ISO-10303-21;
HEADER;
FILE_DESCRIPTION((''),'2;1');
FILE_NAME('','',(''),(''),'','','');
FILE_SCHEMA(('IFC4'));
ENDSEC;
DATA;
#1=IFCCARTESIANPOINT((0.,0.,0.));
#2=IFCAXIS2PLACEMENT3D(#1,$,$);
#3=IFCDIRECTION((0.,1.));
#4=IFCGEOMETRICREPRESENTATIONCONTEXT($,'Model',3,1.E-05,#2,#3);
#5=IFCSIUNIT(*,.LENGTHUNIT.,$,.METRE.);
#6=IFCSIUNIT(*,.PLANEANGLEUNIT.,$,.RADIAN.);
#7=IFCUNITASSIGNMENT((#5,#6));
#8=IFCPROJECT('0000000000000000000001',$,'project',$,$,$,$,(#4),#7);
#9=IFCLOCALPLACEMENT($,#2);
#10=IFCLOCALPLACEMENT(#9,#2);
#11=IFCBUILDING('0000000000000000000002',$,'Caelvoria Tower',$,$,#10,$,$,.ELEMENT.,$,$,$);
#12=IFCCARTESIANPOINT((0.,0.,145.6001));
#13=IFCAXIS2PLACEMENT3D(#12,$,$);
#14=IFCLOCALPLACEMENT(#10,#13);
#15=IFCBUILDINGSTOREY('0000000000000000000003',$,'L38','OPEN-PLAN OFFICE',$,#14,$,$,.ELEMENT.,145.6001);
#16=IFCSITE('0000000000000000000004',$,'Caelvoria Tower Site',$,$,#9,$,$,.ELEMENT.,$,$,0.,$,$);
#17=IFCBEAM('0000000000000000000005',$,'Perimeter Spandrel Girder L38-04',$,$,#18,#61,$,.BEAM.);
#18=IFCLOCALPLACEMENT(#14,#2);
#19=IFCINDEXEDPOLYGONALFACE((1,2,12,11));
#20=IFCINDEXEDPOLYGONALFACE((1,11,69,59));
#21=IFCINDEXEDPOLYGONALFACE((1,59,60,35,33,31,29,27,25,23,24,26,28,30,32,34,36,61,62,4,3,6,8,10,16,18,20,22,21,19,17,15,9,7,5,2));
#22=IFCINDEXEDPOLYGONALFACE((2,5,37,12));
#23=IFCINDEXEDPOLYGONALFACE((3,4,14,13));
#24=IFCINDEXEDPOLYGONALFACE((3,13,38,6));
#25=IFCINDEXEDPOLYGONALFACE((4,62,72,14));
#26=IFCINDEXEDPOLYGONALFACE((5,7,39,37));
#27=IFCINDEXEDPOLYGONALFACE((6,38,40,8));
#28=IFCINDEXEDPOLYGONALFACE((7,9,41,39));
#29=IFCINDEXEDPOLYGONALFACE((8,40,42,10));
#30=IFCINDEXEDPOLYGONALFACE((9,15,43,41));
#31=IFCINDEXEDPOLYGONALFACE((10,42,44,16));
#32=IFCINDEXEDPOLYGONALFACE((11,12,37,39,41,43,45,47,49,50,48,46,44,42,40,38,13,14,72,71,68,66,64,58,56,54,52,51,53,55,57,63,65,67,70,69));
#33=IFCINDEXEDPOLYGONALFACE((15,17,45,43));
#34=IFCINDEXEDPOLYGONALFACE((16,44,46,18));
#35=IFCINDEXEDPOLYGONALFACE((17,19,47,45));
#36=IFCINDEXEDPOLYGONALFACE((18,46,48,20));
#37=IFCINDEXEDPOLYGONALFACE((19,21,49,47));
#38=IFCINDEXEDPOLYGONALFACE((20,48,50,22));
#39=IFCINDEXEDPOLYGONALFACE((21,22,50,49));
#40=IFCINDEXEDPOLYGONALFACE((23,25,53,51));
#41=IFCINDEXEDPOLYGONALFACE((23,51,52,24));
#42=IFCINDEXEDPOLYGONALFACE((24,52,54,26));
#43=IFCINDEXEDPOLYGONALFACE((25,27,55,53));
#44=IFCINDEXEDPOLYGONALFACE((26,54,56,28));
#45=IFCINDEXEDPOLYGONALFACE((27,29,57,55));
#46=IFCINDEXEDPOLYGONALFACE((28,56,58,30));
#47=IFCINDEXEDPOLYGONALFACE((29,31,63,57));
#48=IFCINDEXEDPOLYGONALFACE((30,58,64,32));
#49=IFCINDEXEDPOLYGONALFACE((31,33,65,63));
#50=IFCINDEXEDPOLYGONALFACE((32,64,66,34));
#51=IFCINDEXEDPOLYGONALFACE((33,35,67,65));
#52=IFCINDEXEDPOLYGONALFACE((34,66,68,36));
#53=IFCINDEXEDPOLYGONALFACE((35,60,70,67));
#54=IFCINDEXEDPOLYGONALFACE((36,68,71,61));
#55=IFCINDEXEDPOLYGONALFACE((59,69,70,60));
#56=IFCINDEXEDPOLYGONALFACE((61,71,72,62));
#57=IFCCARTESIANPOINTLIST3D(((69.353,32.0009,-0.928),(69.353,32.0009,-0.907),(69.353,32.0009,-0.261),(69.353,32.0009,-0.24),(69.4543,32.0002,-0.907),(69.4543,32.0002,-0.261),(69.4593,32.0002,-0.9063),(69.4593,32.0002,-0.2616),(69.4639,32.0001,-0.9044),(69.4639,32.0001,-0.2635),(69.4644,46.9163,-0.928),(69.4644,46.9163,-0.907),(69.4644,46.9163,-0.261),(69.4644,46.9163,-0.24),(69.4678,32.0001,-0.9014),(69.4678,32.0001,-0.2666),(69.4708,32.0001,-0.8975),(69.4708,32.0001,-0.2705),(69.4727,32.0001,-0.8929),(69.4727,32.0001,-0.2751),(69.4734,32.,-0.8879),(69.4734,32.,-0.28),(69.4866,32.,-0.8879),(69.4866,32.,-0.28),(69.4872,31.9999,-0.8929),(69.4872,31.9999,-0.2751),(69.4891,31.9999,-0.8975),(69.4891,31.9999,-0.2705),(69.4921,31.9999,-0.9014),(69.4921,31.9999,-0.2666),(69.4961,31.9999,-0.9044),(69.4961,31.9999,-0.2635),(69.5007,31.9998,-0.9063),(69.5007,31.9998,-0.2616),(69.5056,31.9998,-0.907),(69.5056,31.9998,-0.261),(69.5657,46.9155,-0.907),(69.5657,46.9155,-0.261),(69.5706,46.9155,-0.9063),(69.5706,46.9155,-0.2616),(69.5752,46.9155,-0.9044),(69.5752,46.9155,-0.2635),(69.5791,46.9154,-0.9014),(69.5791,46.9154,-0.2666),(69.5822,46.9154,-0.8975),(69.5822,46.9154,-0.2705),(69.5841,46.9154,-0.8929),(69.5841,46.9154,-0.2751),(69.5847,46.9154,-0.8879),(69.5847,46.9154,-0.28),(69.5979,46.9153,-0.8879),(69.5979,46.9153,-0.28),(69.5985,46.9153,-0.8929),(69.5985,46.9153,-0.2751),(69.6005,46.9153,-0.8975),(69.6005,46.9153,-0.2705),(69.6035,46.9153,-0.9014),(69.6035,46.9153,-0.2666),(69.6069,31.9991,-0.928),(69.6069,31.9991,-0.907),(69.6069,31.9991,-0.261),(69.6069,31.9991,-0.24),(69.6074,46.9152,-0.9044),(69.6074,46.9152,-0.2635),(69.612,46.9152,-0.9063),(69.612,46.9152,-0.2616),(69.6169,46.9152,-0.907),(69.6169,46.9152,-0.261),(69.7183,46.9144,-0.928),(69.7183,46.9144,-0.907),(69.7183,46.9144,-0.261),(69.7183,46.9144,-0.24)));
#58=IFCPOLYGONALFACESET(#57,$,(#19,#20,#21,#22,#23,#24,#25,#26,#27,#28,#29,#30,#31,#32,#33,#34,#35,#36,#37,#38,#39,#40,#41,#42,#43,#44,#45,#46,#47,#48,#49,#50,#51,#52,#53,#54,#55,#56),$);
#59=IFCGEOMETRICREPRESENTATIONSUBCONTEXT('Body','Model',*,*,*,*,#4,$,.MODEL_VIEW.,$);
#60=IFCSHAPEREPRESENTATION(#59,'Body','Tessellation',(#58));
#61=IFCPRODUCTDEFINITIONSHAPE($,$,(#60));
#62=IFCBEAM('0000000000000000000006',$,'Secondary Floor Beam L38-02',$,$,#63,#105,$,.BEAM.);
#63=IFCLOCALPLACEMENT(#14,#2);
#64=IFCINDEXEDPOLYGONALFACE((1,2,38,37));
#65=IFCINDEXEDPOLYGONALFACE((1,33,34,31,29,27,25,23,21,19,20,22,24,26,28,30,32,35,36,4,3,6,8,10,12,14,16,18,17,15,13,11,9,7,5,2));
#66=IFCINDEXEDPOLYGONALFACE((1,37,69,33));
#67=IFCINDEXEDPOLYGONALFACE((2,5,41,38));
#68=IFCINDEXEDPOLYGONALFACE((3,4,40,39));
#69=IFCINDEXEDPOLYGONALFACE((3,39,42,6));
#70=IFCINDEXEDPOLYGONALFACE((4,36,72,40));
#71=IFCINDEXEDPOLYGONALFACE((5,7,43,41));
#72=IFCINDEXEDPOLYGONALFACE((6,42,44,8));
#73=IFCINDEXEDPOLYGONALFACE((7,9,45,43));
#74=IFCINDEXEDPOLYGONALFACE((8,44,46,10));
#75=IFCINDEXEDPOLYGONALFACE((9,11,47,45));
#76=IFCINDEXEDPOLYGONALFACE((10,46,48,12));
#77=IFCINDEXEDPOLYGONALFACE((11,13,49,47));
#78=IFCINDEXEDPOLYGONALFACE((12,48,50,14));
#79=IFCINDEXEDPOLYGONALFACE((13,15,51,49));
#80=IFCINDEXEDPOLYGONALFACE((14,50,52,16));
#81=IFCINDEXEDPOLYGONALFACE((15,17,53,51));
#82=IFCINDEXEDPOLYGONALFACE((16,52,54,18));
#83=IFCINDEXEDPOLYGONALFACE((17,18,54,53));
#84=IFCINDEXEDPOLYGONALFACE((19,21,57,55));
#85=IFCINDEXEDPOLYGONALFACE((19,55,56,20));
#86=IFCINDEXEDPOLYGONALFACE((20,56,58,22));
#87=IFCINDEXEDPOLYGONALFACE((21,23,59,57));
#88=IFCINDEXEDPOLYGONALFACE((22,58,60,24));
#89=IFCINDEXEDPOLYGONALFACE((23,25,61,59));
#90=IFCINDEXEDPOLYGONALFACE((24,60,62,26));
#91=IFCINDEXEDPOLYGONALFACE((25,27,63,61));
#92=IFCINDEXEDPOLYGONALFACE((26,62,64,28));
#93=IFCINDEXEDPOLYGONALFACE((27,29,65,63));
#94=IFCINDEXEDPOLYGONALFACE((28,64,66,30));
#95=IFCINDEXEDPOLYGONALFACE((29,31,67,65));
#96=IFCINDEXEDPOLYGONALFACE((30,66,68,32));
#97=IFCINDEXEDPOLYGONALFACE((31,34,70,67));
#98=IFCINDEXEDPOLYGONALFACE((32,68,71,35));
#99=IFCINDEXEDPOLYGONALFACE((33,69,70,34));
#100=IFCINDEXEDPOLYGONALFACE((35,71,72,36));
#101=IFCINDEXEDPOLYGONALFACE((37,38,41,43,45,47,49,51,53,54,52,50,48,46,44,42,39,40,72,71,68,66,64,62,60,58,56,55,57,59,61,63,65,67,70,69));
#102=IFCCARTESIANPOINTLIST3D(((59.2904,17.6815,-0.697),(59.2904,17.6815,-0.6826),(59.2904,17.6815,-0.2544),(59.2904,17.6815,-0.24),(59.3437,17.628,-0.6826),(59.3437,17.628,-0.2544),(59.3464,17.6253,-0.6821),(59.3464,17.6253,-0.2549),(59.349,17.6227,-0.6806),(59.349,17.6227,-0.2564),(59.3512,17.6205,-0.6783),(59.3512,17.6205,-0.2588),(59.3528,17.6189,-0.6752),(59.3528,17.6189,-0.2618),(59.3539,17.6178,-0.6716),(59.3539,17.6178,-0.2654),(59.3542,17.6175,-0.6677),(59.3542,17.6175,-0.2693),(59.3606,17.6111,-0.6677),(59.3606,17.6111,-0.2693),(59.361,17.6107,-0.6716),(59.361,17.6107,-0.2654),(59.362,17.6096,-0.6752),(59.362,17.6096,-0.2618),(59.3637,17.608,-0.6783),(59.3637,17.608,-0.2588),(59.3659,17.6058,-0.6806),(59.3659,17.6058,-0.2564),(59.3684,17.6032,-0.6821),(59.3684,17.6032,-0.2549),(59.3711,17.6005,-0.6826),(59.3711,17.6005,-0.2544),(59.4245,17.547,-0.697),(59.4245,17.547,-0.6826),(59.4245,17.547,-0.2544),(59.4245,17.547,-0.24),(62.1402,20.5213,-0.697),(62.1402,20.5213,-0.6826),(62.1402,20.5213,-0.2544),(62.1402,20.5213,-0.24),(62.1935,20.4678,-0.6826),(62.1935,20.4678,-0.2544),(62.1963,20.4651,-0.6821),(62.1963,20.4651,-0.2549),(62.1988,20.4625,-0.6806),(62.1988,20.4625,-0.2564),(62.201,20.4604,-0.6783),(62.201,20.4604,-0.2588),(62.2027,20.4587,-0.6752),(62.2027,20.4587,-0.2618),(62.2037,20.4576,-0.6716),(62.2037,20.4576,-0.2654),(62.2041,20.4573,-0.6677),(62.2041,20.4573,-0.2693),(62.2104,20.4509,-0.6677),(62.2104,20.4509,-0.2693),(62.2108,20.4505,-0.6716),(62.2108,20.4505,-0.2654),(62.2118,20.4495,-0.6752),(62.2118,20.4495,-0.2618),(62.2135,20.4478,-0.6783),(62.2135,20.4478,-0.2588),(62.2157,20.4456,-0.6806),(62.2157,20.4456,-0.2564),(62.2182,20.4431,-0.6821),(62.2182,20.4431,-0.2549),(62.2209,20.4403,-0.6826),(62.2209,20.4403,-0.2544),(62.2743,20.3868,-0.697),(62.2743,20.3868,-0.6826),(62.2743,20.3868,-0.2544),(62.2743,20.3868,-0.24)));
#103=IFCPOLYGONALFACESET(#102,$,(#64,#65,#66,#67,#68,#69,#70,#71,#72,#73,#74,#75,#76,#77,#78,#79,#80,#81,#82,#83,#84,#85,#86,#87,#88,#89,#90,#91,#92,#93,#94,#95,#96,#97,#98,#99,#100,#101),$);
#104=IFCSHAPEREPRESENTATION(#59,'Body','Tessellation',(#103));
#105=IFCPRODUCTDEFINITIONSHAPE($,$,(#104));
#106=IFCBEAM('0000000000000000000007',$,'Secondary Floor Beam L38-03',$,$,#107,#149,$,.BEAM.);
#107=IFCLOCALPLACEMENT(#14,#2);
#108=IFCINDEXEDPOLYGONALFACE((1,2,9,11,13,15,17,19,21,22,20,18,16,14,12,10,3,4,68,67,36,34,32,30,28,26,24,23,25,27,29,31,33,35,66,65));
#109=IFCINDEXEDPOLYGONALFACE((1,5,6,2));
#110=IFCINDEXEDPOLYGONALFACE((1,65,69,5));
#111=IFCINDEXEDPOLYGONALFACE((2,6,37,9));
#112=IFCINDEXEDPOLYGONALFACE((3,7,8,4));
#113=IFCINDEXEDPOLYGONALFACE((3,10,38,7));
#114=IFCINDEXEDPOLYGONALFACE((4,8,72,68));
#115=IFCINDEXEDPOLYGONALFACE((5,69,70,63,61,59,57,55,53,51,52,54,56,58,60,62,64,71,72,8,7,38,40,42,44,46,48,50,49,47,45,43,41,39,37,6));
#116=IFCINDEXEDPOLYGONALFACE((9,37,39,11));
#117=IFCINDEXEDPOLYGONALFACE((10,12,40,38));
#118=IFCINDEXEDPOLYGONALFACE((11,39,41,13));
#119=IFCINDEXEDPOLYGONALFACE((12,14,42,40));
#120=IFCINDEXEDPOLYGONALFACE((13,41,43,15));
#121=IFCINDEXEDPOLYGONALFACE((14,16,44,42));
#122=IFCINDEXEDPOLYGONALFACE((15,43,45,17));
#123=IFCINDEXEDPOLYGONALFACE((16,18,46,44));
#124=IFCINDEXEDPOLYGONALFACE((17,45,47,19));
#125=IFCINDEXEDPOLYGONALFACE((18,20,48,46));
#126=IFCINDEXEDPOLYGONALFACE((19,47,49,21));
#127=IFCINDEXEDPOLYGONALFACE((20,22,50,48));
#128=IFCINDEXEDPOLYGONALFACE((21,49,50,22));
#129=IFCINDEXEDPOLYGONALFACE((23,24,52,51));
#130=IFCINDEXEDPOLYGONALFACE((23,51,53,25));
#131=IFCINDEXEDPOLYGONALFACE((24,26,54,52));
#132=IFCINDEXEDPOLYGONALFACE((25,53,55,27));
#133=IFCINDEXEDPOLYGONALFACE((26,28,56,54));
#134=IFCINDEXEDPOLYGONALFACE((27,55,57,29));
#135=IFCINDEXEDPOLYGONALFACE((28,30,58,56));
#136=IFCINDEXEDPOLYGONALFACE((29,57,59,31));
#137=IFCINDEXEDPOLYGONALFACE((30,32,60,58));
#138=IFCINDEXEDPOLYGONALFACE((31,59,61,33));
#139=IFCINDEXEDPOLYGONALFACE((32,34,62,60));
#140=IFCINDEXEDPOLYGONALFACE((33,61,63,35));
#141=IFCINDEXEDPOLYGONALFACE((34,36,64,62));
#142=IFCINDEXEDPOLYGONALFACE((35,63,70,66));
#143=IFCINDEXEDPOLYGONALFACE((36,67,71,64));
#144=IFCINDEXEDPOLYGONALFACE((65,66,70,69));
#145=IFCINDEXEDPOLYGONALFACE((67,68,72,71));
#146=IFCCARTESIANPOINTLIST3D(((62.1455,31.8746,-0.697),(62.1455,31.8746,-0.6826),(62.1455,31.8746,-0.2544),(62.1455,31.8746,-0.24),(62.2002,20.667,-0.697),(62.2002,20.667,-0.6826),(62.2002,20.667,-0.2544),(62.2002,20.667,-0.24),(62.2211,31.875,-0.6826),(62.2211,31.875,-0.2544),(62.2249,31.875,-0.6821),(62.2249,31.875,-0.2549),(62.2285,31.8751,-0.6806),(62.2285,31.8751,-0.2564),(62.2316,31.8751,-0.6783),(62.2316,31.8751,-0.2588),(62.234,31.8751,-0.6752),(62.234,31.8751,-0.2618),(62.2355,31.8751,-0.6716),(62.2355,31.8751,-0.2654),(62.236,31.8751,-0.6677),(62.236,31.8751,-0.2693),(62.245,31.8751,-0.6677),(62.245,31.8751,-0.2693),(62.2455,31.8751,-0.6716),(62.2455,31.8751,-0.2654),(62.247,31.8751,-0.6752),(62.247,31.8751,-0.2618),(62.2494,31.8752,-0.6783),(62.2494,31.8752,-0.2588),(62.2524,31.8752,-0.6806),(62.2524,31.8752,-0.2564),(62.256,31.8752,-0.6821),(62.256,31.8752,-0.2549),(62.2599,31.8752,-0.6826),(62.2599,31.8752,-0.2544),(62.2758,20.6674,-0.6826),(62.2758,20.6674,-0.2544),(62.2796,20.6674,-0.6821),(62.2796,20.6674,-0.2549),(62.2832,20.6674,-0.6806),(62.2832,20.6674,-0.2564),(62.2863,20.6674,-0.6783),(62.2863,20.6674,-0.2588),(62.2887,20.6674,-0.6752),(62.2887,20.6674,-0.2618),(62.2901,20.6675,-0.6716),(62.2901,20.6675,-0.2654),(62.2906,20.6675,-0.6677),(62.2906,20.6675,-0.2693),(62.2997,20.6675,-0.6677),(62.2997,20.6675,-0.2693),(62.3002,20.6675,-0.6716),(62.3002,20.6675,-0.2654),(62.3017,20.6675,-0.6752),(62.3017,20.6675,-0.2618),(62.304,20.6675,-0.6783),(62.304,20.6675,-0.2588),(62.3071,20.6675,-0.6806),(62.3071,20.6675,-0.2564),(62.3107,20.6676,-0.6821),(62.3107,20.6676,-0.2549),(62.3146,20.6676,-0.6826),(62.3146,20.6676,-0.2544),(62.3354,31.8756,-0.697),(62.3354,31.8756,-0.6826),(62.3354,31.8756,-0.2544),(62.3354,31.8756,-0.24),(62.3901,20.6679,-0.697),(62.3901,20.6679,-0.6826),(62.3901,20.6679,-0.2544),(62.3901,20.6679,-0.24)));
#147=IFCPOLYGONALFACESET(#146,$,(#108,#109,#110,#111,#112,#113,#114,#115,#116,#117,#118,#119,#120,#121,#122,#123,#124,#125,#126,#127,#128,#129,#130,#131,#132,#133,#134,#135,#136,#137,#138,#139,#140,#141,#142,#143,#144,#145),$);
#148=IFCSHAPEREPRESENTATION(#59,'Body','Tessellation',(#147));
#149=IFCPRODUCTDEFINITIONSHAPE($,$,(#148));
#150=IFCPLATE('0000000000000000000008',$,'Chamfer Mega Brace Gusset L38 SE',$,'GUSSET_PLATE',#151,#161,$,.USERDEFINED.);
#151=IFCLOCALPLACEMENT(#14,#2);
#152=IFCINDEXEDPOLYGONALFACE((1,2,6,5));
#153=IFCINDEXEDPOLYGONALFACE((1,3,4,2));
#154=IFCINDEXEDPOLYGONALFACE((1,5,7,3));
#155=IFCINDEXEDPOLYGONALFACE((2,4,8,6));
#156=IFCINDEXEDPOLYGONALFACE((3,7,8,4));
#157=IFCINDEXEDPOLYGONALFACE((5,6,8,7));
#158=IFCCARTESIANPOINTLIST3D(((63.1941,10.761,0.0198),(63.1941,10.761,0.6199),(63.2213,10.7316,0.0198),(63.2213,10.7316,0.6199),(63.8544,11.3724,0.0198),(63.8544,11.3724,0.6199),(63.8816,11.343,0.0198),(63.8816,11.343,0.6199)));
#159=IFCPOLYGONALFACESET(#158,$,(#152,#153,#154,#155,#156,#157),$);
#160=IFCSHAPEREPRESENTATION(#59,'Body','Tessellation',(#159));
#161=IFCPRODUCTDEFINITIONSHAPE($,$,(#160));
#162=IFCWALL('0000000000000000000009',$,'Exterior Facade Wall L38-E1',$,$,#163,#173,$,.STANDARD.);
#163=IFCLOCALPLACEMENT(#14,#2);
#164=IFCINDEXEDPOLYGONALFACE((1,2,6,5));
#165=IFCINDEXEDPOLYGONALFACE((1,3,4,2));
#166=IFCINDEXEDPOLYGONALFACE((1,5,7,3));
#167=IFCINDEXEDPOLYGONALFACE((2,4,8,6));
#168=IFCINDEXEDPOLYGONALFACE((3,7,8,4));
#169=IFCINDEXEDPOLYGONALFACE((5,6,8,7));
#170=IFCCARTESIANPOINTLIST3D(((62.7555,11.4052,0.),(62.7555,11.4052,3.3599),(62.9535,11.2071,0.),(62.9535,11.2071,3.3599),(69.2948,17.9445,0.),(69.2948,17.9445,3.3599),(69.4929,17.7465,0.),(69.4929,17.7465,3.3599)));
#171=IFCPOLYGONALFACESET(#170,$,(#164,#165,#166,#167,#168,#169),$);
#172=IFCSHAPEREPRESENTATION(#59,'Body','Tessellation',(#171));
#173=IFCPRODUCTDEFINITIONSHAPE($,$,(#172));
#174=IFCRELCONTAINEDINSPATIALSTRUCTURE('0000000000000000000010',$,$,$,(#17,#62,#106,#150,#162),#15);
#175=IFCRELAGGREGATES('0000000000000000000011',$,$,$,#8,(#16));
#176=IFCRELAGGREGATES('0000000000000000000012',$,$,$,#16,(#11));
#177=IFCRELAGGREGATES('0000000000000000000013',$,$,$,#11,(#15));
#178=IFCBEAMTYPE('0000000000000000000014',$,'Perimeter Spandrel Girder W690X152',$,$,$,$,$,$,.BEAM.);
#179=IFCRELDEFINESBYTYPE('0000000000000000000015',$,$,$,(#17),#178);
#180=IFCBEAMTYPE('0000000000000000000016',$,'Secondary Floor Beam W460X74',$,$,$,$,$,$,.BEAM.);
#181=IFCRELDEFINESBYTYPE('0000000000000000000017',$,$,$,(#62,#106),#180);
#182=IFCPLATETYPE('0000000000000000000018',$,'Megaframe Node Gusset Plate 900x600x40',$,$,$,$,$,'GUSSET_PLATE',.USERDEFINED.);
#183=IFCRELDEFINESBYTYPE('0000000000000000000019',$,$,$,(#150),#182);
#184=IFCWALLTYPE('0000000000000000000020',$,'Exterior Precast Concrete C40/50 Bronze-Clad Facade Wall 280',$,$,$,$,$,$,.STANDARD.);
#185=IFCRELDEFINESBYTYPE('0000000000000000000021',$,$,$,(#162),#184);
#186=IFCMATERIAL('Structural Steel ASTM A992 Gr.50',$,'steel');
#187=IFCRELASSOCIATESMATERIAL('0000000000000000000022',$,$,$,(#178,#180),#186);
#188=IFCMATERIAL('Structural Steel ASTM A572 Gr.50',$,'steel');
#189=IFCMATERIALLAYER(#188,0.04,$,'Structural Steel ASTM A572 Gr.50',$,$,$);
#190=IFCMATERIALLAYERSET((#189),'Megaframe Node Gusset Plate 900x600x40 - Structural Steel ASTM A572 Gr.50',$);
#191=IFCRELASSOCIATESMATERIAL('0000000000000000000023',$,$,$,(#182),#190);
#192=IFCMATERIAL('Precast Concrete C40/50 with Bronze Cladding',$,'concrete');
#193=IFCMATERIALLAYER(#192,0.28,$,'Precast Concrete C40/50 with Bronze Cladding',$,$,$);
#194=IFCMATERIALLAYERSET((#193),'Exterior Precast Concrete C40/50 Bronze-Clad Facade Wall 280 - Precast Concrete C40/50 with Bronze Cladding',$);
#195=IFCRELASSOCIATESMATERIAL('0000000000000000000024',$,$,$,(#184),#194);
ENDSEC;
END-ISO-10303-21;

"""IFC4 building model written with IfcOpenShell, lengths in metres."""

from ifc_helpers import new_model, si_unit, direction, frame, frame_2d, origin, origin_2d, place, context, subcontext, project, spatial, rectangle, i_section, extrude, material, layer, layer_set, material_profile, profile_set, type_object, element, save


model = new_model("IFC4")

# Units and contexts
model_context = context("Model", 3, precision=1e-05, world=origin(), true_north=direction((0.0, 1.0)))
body_context = subcontext(model_context, "Body", "Model", "MODEL_VIEW")
ifc_project = project(units=[si_unit("LENGTHUNIT", "METRE"), si_unit("PLANEANGLEUNIT", "RADIAN")], contexts=[model_context])

# Site, building, storey
site_placement = place(None, origin())
site = spatial("IfcSite", under=ifc_project, at=site_placement, Name="Caelvoria Tower Site", CompositionType="ELEMENT", RefElevation=0.0)
building_placement = place(site_placement, origin())
building = spatial("IfcBuilding", under=site, at=building_placement, Name="Caelvoria Tower", CompositionType="ELEMENT")
storey_placement = place(building_placement, frame((0.0, 0.0, 145.6001)))
storey = spatial("IfcBuildingStorey", under=building, at=storey_placement, Name="L38", Description="OPEN-PLAN OFFICE", CompositionType="ELEMENT", Elevation=145.6001)

# Shared definitions
ifc_material_1 = material(Name="Structural Steel ASTM A572 Gr.50", Category="steel")
ifc_material_2 = material(Name="Structural Steel ASTM A992 Gr.50", Category="steel")

# Beams
ifc_material_profile_1 = material_profile(ifc_material_2, i_section(OverallWidth=0.2539, OverallDepth=0.688, WebThickness=0.0132, FlangeThickness=0.021, FilletRadius=0.019, at=origin_2d()), Name="Structural Steel ASTM A992 Gr.50")
ifc_profile_set_1 = profile_set([ifc_material_profile_1], Name="W690X152 - Structural Steel ASTM A992 Gr.50")
beam_type_1 = type_object("IfcBeamType", Name="Perimeter Spandrel Girder W690X152", PredefinedType="BEAM", material=ifc_profile_set_1)
for number, where, z_axis, x_axis, name in (
    (1, (69.48, 32.0, -0.584), (0.007464, 0.999972, 0.0), (-0.999972, 0.007464, 0.0), "Perimeter Spandrel Girder L38-04"),
):
    element("IfcBeam", number, at=place(storey_placement, frame(where, z_axis=z_axis, x_axis=x_axis)), inside=storey, type_object=beam_type_1, Name=name, PredefinedType="BEAM", context=body_context, shape_type="SweptSolid", body=[
        extrude(i_section(OverallWidth=0.2539, OverallDepth=0.688, WebThickness=0.0132, FlangeThickness=0.021, FilletRadius=0.019, at=origin_2d()), origin(), (0.0, 0.0, 1.0), 14.9158),
    ])
ifc_material_profile_2 = material_profile(ifc_material_2, i_section(OverallWidth=0.1899, OverallDepth=0.457, WebThickness=0.009, FlangeThickness=0.0144, FilletRadius=0.0149, at=origin_2d()), Name="Structural Steel ASTM A992 Gr.50")
ifc_profile_set_2 = profile_set([ifc_material_profile_2], Name="W460X74 - Structural Steel ASTM A992 Gr.50")
beam_type_2 = type_object("IfcBeamType", Name="Secondary Floor Beam W460X74", PredefinedType="BEAM", material=ifc_profile_set_2)
beam_1_placement = place(storey_placement, frame((59.3574, 17.6143, -0.4685), z_axis=(0.70835, 0.705862, 0.0), x_axis=(-0.705862, 0.70835, 0.0)))
element("IfcBeam", 2, at=beam_1_placement, inside=storey, type_object=beam_type_2, Name="Secondary Floor Beam L38-02", PredefinedType="BEAM", context=body_context, shape_type="SweptSolid", body=[
    extrude(i_section(OverallWidth=0.1899, OverallDepth=0.457, WebThickness=0.009, FlangeThickness=0.0144, FilletRadius=0.0149, at=origin_2d()), origin(), (0.0, 0.0, 1.0), 4.0232),
])
beam_2_placement = place(storey_placement, frame((62.2952, 20.6675, -0.4685), z_axis=(-0.004879, 0.999988, 0.0), x_axis=(-0.999988, -0.004879, 0.0)))
element("IfcBeam", 3, at=beam_2_placement, inside=storey, type_object=beam_type_2, Name="Secondary Floor Beam L38-03", PredefinedType="BEAM", context=body_context, shape_type="SweptSolid", body=[
    extrude(i_section(OverallWidth=0.1899, OverallDepth=0.457, WebThickness=0.009, FlangeThickness=0.0144, FilletRadius=0.0149, at=origin_2d()), origin(), (0.0, 0.0, 1.0), 11.2078),
])

# Plate
ifc_layer_1 = layer(ifc_material_1, 0.04, Name="Structural Steel ASTM A572 Gr.50")
ifc_layer_set_1 = layer_set([ifc_layer_1], Name="Megaframe Node Gusset Plate 900x600x40 - Structural Steel ASTM A572 Gr.50")
plate_type = type_object("IfcPlateType", Name="Megaframe Node Gusset Plate 900x600x40", ElementType="GUSSET_PLATE", PredefinedType="USERDEFINED", material=ifc_layer_set_1)
plate_placement = place(storey_placement, frame((63.5378, 11.052, 0.0198), z_axis=(0.0, 0.0, 1.0), x_axis=(0.733795, 0.679371, 0.0)))
element("IfcPlate", 4, at=plate_placement, inside=storey, type_object=plate_type, Name="Chamfer Mega Brace Gusset L38 SE", ObjectType="GUSSET_PLATE", PredefinedType="USERDEFINED", context=body_context, shape_type="SweptSolid", body=[
    extrude(rectangle(XDim=0.8999, YDim=0.04, at=origin_2d()), origin(), (0.0, 0.0, 1.0), 0.6001),
])

# Wall
ifc_material_3 = material(Name="Precast Concrete C40/50 with Bronze Cladding", Category="concrete")
ifc_layer_2 = layer(ifc_material_3, 0.28, Name="Precast Concrete C40/50 with Bronze Cladding")
ifc_layer_set_2 = layer_set([ifc_layer_2], Name="Exterior Precast Concrete C40/50 Bronze-Clad Facade Wall 280 - Precast Concrete C40/50 with Bronze Cladding")
wall_type_1 = type_object("IfcWallType", Name="Exterior Precast Concrete C40/50 Bronze-Clad Facade Wall 280", PredefinedType="STANDARD", material=ifc_layer_set_2)
wall_1_placement = place(storey_placement, frame((62.8545, 11.3062, 0.0), z_axis=(0.0, 0.0, 1.0), x_axis=(0.707107, 0.707107, 0.0)))
element("IfcWall", 5, at=wall_1_placement, inside=storey, type_object=wall_type_1, Name="Exterior Facade Wall L38-E1", PredefinedType="STANDARD", context=body_context, shape_type="SweptSolid", body=[
    extrude(rectangle(XDim=9.248, YDim=0.28, at=frame_2d((4.624, 0.0))), origin(), (0.0, 0.0, 1.0), 3.3599),
])

save(model, "model.ifc")
